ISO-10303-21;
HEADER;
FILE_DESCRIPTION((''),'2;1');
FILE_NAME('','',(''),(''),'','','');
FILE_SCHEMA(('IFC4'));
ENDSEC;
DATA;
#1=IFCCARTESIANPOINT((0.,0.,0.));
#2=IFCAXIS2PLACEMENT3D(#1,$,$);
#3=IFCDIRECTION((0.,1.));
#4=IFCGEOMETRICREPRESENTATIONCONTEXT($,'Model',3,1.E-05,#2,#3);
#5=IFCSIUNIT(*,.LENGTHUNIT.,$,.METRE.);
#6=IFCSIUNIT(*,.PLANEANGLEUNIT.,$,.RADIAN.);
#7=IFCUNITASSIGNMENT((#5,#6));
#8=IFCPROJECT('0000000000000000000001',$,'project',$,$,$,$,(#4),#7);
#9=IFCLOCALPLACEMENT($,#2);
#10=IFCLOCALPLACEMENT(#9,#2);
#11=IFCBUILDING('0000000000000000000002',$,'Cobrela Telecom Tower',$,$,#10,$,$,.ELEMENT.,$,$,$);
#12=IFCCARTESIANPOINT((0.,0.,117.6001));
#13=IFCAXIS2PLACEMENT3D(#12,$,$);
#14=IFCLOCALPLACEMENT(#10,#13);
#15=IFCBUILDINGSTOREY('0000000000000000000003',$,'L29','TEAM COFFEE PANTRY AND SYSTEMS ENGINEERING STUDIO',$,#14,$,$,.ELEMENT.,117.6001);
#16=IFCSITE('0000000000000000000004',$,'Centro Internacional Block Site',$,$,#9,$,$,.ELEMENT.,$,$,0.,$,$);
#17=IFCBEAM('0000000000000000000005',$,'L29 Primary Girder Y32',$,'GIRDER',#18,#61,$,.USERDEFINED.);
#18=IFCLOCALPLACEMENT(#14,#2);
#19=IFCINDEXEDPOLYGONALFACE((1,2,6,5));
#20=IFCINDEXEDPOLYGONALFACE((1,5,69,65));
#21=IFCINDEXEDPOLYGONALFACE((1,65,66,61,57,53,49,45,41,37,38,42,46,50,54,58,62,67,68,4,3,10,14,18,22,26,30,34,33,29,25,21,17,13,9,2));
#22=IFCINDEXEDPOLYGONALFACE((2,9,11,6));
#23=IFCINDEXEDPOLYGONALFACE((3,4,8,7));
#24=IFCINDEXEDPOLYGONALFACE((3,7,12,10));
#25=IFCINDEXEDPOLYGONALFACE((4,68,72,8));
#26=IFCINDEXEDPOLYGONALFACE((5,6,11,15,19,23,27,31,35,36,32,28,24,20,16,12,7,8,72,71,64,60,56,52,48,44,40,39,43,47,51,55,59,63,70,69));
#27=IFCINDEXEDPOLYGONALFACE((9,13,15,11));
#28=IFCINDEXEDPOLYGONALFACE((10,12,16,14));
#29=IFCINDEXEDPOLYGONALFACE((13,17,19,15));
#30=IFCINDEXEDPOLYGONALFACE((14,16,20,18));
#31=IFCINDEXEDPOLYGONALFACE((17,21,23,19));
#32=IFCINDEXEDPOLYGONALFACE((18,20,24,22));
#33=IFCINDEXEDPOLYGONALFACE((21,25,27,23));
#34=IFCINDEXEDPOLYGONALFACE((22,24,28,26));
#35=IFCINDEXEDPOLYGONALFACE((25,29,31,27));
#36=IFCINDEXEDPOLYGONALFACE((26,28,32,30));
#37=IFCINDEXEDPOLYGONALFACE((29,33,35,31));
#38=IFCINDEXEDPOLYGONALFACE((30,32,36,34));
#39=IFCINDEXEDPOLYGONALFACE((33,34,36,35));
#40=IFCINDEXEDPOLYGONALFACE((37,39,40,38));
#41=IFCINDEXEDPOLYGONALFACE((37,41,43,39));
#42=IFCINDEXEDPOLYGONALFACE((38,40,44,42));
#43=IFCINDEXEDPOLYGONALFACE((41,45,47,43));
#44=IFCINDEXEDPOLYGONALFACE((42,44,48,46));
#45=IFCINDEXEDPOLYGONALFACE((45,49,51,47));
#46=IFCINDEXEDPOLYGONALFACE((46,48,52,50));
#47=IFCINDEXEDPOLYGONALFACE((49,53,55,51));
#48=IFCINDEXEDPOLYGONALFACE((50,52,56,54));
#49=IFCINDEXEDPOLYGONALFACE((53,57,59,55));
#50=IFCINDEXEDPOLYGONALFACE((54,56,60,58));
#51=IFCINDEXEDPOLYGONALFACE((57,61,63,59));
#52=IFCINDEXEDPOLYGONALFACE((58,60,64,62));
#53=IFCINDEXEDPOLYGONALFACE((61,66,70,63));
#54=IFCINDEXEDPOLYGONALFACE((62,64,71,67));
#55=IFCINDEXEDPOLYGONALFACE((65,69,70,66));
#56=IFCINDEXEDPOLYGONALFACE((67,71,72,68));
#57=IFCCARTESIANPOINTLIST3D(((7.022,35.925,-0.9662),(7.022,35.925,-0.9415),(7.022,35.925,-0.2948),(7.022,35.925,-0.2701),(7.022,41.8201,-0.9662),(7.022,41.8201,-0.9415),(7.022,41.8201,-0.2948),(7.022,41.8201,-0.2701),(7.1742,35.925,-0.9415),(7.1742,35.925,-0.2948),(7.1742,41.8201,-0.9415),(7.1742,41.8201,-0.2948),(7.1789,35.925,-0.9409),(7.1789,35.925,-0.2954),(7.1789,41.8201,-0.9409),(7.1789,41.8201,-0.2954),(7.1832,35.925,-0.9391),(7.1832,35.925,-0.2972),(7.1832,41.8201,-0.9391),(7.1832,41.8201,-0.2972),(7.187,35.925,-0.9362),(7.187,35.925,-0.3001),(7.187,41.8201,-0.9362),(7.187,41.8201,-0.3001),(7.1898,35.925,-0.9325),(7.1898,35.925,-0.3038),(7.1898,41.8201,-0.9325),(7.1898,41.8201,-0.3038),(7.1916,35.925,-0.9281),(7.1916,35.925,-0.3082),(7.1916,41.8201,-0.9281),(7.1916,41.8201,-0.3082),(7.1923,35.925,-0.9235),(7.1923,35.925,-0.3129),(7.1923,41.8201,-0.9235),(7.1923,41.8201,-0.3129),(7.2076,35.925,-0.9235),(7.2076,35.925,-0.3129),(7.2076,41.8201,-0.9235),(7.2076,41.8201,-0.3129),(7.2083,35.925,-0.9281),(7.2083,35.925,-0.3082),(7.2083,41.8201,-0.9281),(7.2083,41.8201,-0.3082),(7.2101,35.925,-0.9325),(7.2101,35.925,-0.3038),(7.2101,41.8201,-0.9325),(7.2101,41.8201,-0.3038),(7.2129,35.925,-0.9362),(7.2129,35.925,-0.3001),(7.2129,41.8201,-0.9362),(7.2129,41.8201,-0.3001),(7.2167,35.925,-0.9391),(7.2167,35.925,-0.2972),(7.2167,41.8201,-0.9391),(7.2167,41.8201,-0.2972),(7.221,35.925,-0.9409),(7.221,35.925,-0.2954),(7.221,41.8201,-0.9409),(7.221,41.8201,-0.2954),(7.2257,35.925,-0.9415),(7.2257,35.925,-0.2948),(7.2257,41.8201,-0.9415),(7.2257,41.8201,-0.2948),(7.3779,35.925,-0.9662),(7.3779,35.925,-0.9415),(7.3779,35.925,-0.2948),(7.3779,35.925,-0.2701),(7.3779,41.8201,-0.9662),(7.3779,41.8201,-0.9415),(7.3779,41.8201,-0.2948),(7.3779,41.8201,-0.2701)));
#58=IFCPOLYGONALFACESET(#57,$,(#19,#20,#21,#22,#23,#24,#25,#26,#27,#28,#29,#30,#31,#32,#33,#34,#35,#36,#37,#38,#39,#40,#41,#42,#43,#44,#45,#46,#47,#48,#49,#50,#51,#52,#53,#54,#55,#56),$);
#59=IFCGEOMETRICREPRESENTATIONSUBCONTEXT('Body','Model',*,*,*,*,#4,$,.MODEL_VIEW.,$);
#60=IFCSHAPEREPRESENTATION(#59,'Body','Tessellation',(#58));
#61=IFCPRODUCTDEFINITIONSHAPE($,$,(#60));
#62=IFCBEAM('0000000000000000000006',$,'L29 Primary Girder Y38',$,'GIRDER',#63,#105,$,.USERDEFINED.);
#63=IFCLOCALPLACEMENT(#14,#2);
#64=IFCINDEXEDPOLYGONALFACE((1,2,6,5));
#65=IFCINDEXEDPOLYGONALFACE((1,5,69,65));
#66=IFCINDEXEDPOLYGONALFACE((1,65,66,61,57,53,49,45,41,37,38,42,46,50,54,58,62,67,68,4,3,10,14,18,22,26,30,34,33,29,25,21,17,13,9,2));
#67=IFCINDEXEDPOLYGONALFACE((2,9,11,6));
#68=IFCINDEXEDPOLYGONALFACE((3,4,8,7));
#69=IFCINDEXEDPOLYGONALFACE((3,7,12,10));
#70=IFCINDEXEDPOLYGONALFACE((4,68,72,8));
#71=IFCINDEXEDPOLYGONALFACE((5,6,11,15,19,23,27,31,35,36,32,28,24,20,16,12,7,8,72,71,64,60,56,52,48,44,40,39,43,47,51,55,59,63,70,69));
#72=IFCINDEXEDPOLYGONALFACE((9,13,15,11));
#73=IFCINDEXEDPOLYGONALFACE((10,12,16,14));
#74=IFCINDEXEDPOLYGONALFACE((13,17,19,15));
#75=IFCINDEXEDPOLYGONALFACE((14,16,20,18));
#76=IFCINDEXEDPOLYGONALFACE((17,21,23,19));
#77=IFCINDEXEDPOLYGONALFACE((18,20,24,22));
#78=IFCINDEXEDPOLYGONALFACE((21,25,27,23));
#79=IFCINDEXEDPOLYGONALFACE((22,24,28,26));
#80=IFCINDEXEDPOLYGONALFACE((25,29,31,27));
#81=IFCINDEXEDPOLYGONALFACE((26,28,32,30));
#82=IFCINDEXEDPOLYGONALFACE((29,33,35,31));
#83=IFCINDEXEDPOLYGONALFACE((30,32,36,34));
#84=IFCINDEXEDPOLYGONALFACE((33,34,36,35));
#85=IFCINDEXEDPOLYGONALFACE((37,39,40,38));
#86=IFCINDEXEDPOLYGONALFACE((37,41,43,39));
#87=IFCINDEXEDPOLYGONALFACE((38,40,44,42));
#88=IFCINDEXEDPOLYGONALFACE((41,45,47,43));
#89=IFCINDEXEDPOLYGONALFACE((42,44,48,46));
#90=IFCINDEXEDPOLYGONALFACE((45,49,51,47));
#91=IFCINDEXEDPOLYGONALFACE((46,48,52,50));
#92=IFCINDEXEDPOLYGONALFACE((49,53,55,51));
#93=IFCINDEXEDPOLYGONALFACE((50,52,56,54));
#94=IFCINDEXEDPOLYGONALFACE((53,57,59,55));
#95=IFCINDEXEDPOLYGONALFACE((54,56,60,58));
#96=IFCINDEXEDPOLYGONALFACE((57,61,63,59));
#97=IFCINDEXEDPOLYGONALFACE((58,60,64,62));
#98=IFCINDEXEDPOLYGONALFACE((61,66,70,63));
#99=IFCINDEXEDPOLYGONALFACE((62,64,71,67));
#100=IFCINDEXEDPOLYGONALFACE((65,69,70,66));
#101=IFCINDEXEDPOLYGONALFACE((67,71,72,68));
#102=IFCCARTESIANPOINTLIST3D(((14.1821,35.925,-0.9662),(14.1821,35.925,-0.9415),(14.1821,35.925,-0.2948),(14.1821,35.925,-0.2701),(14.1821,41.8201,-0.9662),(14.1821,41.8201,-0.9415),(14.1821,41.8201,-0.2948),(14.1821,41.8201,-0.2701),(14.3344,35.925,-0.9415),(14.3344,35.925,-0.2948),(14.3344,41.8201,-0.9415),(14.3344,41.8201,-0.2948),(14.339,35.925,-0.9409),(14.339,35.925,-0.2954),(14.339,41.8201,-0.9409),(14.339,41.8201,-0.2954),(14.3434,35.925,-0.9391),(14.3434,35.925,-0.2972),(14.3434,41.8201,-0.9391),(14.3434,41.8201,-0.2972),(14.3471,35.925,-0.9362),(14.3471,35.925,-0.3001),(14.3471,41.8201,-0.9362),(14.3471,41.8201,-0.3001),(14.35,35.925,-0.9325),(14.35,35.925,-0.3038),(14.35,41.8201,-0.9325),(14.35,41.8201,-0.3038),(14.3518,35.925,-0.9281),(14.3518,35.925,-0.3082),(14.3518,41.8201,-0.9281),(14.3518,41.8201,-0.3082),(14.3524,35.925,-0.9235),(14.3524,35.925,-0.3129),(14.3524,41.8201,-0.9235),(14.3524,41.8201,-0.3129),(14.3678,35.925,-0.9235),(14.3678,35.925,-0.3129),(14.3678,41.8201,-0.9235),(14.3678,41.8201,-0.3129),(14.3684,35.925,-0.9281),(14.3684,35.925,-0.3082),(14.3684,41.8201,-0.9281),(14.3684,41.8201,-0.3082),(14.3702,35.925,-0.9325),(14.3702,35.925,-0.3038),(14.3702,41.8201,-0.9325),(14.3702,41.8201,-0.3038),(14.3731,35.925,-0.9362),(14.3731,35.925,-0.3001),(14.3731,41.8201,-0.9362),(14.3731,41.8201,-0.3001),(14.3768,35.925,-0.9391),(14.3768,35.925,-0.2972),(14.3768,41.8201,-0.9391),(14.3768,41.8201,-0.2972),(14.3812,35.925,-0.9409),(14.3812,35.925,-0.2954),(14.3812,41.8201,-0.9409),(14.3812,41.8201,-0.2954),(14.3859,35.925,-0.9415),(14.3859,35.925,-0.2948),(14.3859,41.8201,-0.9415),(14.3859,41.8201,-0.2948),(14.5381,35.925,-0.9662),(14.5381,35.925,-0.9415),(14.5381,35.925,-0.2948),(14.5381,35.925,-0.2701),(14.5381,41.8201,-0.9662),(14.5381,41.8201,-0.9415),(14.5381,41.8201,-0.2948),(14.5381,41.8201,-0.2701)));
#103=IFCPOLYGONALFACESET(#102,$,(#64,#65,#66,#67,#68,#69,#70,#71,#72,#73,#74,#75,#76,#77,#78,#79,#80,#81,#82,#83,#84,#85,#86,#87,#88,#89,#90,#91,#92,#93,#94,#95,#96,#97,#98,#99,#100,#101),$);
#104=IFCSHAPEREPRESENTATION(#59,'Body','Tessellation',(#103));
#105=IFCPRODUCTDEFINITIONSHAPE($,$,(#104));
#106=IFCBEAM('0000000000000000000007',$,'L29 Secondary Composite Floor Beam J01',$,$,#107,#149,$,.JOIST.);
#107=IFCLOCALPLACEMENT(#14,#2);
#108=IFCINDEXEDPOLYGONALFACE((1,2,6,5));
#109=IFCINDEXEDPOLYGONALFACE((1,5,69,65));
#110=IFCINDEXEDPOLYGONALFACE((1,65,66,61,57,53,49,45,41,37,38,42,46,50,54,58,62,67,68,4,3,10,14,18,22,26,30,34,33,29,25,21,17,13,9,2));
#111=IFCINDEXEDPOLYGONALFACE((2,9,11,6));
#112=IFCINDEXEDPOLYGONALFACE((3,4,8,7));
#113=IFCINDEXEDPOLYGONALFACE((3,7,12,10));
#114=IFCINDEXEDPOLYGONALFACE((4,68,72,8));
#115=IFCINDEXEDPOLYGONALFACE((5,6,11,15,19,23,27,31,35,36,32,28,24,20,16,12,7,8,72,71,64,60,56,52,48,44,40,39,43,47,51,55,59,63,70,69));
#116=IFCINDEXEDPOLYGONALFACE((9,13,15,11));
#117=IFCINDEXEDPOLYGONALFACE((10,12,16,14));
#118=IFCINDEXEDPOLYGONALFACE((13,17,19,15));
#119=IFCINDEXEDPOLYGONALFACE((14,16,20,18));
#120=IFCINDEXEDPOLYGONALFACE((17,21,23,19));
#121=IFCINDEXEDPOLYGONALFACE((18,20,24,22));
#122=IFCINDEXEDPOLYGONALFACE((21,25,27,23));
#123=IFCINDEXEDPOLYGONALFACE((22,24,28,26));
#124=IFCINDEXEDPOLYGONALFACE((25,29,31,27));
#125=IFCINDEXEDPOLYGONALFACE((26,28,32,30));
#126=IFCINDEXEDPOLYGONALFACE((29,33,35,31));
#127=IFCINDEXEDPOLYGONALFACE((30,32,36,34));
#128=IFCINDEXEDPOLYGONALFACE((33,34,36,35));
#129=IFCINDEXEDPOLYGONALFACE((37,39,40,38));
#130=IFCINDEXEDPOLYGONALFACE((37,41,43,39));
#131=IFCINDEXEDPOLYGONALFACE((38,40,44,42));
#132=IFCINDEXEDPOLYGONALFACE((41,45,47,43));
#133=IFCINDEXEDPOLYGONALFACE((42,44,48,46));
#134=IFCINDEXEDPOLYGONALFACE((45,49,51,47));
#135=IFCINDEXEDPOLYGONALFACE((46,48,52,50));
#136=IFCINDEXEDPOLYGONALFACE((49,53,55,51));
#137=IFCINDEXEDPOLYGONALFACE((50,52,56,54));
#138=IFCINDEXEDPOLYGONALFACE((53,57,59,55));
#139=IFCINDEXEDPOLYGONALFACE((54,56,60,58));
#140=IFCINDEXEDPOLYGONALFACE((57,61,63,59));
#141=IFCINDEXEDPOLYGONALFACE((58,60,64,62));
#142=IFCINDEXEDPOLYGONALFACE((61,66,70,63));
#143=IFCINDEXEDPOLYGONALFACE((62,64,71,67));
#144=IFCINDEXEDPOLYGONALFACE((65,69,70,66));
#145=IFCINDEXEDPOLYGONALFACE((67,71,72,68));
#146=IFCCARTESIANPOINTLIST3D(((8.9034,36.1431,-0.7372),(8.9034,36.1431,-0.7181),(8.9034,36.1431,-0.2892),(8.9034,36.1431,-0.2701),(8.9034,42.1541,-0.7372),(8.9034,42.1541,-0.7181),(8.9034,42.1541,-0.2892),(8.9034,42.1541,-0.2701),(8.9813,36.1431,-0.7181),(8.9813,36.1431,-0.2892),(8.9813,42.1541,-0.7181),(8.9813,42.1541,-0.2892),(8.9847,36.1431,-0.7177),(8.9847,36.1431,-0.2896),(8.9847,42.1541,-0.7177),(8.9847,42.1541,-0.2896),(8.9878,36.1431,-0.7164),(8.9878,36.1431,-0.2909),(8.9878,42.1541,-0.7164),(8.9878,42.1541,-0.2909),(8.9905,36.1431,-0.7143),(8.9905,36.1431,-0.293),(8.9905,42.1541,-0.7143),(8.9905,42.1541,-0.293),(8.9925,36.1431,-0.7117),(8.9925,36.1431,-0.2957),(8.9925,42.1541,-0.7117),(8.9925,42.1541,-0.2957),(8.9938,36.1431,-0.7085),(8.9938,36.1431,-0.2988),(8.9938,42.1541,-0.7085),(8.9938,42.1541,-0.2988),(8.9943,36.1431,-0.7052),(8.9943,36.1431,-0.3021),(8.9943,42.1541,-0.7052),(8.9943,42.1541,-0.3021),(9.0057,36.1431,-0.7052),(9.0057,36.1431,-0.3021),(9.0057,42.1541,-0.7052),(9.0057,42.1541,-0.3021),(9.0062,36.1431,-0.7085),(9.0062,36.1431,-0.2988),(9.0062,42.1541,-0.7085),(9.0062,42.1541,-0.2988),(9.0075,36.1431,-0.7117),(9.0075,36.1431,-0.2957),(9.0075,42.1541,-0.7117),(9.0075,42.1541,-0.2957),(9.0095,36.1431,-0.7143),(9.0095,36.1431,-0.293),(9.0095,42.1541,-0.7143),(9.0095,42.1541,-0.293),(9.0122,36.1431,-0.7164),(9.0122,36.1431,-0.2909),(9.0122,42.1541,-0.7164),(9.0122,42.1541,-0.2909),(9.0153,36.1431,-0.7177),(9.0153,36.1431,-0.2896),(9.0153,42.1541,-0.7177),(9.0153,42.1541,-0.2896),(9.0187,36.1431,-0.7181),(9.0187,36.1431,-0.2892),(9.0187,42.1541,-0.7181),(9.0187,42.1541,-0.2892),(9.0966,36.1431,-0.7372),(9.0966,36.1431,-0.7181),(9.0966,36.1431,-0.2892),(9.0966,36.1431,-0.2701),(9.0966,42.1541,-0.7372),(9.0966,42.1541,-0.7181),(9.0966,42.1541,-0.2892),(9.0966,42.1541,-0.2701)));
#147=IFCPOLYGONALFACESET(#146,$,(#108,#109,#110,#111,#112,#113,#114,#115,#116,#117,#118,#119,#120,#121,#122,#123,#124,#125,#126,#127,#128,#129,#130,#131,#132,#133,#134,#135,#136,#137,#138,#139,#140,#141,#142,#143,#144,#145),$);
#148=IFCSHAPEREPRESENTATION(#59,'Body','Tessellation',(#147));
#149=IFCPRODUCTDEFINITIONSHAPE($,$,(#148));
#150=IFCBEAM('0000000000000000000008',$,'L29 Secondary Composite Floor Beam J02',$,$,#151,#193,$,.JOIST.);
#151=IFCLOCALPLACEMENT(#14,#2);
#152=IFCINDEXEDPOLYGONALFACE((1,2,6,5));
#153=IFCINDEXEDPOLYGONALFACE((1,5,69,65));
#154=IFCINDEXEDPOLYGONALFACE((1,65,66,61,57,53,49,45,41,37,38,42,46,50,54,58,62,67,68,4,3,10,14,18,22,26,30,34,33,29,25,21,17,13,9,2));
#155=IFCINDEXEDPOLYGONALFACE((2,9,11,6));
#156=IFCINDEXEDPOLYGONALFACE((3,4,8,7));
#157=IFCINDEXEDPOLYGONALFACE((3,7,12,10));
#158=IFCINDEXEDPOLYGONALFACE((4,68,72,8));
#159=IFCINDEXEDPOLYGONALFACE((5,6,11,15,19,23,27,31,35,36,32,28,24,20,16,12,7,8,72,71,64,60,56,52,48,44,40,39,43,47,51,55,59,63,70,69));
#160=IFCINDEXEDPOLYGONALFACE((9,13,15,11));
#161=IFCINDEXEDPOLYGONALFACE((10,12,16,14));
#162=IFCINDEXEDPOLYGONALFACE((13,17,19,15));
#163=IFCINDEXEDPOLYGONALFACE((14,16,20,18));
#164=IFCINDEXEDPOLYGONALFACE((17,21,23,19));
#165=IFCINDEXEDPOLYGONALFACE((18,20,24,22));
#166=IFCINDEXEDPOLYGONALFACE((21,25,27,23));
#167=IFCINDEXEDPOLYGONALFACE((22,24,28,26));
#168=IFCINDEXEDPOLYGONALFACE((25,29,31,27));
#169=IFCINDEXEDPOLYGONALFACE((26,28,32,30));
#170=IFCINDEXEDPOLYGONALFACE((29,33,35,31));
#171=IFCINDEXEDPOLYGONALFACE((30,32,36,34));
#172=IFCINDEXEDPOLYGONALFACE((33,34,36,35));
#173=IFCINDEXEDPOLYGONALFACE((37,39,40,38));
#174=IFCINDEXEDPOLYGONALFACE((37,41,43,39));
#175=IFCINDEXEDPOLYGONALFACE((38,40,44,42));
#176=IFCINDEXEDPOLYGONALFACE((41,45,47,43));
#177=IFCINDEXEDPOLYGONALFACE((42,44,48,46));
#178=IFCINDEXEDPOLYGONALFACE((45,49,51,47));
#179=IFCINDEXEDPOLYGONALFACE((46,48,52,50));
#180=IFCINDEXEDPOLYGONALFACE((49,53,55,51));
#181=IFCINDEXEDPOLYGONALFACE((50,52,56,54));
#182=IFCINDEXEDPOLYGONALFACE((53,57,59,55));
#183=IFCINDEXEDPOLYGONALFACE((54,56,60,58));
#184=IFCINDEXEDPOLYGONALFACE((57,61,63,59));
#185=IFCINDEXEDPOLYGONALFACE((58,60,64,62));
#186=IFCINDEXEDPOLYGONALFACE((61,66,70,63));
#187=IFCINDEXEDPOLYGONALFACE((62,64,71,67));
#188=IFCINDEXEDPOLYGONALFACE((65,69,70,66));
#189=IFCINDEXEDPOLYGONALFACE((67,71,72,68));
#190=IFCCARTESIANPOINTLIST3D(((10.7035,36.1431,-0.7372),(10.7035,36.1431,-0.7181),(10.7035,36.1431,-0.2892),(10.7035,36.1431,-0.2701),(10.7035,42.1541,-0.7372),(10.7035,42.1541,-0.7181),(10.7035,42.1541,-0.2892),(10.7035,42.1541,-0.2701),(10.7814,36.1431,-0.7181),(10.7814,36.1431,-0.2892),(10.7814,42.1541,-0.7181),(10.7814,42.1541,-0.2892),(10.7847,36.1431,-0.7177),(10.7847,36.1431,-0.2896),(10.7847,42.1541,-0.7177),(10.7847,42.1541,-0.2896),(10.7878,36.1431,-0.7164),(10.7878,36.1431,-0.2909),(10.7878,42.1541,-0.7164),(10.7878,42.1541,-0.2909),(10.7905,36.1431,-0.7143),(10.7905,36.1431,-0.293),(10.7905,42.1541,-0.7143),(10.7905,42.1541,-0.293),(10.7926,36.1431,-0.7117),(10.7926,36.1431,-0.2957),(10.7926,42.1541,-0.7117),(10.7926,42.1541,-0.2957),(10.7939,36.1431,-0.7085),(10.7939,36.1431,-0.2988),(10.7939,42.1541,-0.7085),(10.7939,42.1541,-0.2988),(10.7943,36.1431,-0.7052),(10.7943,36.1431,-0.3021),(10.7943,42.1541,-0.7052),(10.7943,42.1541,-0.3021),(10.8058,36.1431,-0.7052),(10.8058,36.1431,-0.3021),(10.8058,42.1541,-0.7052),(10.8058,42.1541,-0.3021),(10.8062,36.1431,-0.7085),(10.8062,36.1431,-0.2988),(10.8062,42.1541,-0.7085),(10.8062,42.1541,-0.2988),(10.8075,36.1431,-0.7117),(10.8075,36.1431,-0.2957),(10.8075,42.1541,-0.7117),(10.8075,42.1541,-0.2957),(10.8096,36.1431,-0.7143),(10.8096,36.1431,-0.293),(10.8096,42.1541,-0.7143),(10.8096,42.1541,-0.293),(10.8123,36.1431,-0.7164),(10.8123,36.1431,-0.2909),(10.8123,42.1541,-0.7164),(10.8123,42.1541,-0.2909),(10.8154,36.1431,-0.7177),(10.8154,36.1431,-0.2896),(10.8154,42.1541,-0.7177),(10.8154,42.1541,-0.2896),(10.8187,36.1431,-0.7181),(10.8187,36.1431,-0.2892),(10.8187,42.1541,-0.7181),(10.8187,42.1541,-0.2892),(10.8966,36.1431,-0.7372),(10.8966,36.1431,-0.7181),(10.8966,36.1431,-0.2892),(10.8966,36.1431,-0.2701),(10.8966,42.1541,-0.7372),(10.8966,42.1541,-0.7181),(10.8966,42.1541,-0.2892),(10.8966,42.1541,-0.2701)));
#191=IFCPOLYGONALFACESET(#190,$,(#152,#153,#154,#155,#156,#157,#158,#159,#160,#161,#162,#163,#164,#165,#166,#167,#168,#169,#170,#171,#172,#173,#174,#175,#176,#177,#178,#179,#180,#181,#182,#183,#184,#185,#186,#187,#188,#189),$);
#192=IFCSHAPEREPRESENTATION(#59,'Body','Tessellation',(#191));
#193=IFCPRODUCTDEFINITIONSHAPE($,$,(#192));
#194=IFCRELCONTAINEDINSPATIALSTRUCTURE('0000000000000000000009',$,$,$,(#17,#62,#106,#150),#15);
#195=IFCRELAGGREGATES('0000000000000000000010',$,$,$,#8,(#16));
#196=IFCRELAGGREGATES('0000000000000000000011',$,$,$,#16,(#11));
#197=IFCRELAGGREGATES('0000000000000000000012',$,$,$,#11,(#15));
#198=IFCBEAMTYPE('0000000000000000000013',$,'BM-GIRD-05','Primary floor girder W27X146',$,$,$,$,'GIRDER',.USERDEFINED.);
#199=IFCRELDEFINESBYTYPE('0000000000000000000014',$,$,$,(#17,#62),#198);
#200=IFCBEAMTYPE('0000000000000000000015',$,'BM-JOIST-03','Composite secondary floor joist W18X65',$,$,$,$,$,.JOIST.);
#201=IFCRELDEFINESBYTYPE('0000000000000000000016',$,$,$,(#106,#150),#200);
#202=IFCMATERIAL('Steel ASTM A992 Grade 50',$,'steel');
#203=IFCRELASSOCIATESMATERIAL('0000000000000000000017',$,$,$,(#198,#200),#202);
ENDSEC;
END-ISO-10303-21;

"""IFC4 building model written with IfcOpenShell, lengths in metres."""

from ifc_helpers import new_model, si_unit, direction, frame, origin, origin_2d, place, context, subcontext, project, spatial, i_section, extrude, material, material_profile, profile_set, type_object, element, save


model = new_model("IFC4")

# Units and contexts
model_context = context("Model", 3, precision=1e-05, world=origin(), true_north=direction((0.0, 1.0)))
body_context = subcontext(model_context, "Body", "Model", "MODEL_VIEW")
ifc_project = project(units=[si_unit("LENGTHUNIT", "METRE"), si_unit("PLANEANGLEUNIT", "RADIAN")], contexts=[model_context])

# Site, building, storey
site_placement = place(None, origin())
site = spatial("IfcSite", under=ifc_project, at=site_placement, Name="Centro Internacional Block Site", CompositionType="ELEMENT", RefElevation=0.0)
building_placement = place(site_placement, origin())
building = spatial("IfcBuilding", under=site, at=building_placement, Name="Cobrela Telecom Tower", CompositionType="ELEMENT")
storey_placement = place(building_placement, frame((0.0, 0.0, 117.6001)))
storey = spatial("IfcBuildingStorey", under=building, at=storey_placement, Name="L29", Description="TEAM COFFEE PANTRY AND SYSTEMS ENGINEERING STUDIO", CompositionType="ELEMENT", Elevation=117.6001)

# Beams
ifc_material_1 = material(Name="Steel ASTM A992 Grade 50", Category="steel")
ifc_material_profile_1 = material_profile(ifc_material_1, i_section(OverallWidth=0.356, OverallDepth=0.696, WebThickness=0.0154, FlangeThickness=0.0247, FilletRadius=0.0181, at=origin_2d()), Name="W27X146")
ifc_profile_set_1 = profile_set([ifc_material_profile_1], Name="Steel ASTM A992 Grade 50")
beam_type_1 = type_object("IfcBeamType", Name="BM-GIRD-05", Description="Primary floor girder W27X146", ElementType="GIRDER", PredefinedType="USERDEFINED", material=ifc_profile_set_1)
for number, where, z_axis, x_axis, name in (
    (1, (7.2, 35.925, -0.6182), (0.0, 1.0, 0.0), (-1.0, 0.0, 0.0), "L29 Primary Girder Y32"),
    (2, (14.3601, 35.925, -0.6182), (0.0, 1.0, 0.0), (-1.0, 0.0, 0.0), "L29 Primary Girder Y38"),
):
    element("IfcBeam", number, at=place(storey_placement, frame(where, z_axis=z_axis, x_axis=x_axis)), inside=storey, type_object=beam_type_1, Name=name, ObjectType="GIRDER", PredefinedType="USERDEFINED", context=body_context, shape_type="SweptSolid", body=[
        extrude(i_section(OverallWidth=0.356, OverallDepth=0.696, WebThickness=0.0154, FlangeThickness=0.0247, FilletRadius=0.0181, at=origin_2d()), origin(), (0.0, 0.0, 1.0), 5.895),
    ])
ifc_material_profile_2 = material_profile(ifc_material_1, i_section(OverallWidth=0.1931, OverallDepth=0.467, WebThickness=0.0115, FlangeThickness=0.019, FilletRadius=0.0129, at=origin_2d()), Name="W18X65")
ifc_profile_set_2 = profile_set([ifc_material_profile_2], Name="Steel ASTM A992 Grade 50")
beam_type_2 = type_object("IfcBeamType", Name="BM-JOIST-03", Description="Composite secondary floor joist W18X65", PredefinedType="JOIST", material=ifc_profile_set_2)
for number, where, z_axis, x_axis, name in (
    (3, (9.0, 36.1431, -0.5037), (0.0, 1.0, 0.0), (-1.0, 0.0, 0.0), "L29 Secondary Composite Floor Beam J01"),
    (4, (10.8, 36.1431, -0.5037), (0.0, 1.0, 0.0), (-1.0, 0.0, 0.0), "L29 Secondary Composite Floor Beam J02"),
):
    element("IfcBeam", number, at=place(storey_placement, frame(where, z_axis=z_axis, x_axis=x_axis)), inside=storey, type_object=beam_type_2, Name=name, PredefinedType="JOIST", context=body_context, shape_type="SweptSolid", body=[
        extrude(i_section(OverallWidth=0.1931, OverallDepth=0.467, WebThickness=0.0115, FlangeThickness=0.019, FilletRadius=0.0129, at=origin_2d()), origin(), (0.0, 0.0, 1.0), 6.011),
    ])

save(model, "model.ifc")
